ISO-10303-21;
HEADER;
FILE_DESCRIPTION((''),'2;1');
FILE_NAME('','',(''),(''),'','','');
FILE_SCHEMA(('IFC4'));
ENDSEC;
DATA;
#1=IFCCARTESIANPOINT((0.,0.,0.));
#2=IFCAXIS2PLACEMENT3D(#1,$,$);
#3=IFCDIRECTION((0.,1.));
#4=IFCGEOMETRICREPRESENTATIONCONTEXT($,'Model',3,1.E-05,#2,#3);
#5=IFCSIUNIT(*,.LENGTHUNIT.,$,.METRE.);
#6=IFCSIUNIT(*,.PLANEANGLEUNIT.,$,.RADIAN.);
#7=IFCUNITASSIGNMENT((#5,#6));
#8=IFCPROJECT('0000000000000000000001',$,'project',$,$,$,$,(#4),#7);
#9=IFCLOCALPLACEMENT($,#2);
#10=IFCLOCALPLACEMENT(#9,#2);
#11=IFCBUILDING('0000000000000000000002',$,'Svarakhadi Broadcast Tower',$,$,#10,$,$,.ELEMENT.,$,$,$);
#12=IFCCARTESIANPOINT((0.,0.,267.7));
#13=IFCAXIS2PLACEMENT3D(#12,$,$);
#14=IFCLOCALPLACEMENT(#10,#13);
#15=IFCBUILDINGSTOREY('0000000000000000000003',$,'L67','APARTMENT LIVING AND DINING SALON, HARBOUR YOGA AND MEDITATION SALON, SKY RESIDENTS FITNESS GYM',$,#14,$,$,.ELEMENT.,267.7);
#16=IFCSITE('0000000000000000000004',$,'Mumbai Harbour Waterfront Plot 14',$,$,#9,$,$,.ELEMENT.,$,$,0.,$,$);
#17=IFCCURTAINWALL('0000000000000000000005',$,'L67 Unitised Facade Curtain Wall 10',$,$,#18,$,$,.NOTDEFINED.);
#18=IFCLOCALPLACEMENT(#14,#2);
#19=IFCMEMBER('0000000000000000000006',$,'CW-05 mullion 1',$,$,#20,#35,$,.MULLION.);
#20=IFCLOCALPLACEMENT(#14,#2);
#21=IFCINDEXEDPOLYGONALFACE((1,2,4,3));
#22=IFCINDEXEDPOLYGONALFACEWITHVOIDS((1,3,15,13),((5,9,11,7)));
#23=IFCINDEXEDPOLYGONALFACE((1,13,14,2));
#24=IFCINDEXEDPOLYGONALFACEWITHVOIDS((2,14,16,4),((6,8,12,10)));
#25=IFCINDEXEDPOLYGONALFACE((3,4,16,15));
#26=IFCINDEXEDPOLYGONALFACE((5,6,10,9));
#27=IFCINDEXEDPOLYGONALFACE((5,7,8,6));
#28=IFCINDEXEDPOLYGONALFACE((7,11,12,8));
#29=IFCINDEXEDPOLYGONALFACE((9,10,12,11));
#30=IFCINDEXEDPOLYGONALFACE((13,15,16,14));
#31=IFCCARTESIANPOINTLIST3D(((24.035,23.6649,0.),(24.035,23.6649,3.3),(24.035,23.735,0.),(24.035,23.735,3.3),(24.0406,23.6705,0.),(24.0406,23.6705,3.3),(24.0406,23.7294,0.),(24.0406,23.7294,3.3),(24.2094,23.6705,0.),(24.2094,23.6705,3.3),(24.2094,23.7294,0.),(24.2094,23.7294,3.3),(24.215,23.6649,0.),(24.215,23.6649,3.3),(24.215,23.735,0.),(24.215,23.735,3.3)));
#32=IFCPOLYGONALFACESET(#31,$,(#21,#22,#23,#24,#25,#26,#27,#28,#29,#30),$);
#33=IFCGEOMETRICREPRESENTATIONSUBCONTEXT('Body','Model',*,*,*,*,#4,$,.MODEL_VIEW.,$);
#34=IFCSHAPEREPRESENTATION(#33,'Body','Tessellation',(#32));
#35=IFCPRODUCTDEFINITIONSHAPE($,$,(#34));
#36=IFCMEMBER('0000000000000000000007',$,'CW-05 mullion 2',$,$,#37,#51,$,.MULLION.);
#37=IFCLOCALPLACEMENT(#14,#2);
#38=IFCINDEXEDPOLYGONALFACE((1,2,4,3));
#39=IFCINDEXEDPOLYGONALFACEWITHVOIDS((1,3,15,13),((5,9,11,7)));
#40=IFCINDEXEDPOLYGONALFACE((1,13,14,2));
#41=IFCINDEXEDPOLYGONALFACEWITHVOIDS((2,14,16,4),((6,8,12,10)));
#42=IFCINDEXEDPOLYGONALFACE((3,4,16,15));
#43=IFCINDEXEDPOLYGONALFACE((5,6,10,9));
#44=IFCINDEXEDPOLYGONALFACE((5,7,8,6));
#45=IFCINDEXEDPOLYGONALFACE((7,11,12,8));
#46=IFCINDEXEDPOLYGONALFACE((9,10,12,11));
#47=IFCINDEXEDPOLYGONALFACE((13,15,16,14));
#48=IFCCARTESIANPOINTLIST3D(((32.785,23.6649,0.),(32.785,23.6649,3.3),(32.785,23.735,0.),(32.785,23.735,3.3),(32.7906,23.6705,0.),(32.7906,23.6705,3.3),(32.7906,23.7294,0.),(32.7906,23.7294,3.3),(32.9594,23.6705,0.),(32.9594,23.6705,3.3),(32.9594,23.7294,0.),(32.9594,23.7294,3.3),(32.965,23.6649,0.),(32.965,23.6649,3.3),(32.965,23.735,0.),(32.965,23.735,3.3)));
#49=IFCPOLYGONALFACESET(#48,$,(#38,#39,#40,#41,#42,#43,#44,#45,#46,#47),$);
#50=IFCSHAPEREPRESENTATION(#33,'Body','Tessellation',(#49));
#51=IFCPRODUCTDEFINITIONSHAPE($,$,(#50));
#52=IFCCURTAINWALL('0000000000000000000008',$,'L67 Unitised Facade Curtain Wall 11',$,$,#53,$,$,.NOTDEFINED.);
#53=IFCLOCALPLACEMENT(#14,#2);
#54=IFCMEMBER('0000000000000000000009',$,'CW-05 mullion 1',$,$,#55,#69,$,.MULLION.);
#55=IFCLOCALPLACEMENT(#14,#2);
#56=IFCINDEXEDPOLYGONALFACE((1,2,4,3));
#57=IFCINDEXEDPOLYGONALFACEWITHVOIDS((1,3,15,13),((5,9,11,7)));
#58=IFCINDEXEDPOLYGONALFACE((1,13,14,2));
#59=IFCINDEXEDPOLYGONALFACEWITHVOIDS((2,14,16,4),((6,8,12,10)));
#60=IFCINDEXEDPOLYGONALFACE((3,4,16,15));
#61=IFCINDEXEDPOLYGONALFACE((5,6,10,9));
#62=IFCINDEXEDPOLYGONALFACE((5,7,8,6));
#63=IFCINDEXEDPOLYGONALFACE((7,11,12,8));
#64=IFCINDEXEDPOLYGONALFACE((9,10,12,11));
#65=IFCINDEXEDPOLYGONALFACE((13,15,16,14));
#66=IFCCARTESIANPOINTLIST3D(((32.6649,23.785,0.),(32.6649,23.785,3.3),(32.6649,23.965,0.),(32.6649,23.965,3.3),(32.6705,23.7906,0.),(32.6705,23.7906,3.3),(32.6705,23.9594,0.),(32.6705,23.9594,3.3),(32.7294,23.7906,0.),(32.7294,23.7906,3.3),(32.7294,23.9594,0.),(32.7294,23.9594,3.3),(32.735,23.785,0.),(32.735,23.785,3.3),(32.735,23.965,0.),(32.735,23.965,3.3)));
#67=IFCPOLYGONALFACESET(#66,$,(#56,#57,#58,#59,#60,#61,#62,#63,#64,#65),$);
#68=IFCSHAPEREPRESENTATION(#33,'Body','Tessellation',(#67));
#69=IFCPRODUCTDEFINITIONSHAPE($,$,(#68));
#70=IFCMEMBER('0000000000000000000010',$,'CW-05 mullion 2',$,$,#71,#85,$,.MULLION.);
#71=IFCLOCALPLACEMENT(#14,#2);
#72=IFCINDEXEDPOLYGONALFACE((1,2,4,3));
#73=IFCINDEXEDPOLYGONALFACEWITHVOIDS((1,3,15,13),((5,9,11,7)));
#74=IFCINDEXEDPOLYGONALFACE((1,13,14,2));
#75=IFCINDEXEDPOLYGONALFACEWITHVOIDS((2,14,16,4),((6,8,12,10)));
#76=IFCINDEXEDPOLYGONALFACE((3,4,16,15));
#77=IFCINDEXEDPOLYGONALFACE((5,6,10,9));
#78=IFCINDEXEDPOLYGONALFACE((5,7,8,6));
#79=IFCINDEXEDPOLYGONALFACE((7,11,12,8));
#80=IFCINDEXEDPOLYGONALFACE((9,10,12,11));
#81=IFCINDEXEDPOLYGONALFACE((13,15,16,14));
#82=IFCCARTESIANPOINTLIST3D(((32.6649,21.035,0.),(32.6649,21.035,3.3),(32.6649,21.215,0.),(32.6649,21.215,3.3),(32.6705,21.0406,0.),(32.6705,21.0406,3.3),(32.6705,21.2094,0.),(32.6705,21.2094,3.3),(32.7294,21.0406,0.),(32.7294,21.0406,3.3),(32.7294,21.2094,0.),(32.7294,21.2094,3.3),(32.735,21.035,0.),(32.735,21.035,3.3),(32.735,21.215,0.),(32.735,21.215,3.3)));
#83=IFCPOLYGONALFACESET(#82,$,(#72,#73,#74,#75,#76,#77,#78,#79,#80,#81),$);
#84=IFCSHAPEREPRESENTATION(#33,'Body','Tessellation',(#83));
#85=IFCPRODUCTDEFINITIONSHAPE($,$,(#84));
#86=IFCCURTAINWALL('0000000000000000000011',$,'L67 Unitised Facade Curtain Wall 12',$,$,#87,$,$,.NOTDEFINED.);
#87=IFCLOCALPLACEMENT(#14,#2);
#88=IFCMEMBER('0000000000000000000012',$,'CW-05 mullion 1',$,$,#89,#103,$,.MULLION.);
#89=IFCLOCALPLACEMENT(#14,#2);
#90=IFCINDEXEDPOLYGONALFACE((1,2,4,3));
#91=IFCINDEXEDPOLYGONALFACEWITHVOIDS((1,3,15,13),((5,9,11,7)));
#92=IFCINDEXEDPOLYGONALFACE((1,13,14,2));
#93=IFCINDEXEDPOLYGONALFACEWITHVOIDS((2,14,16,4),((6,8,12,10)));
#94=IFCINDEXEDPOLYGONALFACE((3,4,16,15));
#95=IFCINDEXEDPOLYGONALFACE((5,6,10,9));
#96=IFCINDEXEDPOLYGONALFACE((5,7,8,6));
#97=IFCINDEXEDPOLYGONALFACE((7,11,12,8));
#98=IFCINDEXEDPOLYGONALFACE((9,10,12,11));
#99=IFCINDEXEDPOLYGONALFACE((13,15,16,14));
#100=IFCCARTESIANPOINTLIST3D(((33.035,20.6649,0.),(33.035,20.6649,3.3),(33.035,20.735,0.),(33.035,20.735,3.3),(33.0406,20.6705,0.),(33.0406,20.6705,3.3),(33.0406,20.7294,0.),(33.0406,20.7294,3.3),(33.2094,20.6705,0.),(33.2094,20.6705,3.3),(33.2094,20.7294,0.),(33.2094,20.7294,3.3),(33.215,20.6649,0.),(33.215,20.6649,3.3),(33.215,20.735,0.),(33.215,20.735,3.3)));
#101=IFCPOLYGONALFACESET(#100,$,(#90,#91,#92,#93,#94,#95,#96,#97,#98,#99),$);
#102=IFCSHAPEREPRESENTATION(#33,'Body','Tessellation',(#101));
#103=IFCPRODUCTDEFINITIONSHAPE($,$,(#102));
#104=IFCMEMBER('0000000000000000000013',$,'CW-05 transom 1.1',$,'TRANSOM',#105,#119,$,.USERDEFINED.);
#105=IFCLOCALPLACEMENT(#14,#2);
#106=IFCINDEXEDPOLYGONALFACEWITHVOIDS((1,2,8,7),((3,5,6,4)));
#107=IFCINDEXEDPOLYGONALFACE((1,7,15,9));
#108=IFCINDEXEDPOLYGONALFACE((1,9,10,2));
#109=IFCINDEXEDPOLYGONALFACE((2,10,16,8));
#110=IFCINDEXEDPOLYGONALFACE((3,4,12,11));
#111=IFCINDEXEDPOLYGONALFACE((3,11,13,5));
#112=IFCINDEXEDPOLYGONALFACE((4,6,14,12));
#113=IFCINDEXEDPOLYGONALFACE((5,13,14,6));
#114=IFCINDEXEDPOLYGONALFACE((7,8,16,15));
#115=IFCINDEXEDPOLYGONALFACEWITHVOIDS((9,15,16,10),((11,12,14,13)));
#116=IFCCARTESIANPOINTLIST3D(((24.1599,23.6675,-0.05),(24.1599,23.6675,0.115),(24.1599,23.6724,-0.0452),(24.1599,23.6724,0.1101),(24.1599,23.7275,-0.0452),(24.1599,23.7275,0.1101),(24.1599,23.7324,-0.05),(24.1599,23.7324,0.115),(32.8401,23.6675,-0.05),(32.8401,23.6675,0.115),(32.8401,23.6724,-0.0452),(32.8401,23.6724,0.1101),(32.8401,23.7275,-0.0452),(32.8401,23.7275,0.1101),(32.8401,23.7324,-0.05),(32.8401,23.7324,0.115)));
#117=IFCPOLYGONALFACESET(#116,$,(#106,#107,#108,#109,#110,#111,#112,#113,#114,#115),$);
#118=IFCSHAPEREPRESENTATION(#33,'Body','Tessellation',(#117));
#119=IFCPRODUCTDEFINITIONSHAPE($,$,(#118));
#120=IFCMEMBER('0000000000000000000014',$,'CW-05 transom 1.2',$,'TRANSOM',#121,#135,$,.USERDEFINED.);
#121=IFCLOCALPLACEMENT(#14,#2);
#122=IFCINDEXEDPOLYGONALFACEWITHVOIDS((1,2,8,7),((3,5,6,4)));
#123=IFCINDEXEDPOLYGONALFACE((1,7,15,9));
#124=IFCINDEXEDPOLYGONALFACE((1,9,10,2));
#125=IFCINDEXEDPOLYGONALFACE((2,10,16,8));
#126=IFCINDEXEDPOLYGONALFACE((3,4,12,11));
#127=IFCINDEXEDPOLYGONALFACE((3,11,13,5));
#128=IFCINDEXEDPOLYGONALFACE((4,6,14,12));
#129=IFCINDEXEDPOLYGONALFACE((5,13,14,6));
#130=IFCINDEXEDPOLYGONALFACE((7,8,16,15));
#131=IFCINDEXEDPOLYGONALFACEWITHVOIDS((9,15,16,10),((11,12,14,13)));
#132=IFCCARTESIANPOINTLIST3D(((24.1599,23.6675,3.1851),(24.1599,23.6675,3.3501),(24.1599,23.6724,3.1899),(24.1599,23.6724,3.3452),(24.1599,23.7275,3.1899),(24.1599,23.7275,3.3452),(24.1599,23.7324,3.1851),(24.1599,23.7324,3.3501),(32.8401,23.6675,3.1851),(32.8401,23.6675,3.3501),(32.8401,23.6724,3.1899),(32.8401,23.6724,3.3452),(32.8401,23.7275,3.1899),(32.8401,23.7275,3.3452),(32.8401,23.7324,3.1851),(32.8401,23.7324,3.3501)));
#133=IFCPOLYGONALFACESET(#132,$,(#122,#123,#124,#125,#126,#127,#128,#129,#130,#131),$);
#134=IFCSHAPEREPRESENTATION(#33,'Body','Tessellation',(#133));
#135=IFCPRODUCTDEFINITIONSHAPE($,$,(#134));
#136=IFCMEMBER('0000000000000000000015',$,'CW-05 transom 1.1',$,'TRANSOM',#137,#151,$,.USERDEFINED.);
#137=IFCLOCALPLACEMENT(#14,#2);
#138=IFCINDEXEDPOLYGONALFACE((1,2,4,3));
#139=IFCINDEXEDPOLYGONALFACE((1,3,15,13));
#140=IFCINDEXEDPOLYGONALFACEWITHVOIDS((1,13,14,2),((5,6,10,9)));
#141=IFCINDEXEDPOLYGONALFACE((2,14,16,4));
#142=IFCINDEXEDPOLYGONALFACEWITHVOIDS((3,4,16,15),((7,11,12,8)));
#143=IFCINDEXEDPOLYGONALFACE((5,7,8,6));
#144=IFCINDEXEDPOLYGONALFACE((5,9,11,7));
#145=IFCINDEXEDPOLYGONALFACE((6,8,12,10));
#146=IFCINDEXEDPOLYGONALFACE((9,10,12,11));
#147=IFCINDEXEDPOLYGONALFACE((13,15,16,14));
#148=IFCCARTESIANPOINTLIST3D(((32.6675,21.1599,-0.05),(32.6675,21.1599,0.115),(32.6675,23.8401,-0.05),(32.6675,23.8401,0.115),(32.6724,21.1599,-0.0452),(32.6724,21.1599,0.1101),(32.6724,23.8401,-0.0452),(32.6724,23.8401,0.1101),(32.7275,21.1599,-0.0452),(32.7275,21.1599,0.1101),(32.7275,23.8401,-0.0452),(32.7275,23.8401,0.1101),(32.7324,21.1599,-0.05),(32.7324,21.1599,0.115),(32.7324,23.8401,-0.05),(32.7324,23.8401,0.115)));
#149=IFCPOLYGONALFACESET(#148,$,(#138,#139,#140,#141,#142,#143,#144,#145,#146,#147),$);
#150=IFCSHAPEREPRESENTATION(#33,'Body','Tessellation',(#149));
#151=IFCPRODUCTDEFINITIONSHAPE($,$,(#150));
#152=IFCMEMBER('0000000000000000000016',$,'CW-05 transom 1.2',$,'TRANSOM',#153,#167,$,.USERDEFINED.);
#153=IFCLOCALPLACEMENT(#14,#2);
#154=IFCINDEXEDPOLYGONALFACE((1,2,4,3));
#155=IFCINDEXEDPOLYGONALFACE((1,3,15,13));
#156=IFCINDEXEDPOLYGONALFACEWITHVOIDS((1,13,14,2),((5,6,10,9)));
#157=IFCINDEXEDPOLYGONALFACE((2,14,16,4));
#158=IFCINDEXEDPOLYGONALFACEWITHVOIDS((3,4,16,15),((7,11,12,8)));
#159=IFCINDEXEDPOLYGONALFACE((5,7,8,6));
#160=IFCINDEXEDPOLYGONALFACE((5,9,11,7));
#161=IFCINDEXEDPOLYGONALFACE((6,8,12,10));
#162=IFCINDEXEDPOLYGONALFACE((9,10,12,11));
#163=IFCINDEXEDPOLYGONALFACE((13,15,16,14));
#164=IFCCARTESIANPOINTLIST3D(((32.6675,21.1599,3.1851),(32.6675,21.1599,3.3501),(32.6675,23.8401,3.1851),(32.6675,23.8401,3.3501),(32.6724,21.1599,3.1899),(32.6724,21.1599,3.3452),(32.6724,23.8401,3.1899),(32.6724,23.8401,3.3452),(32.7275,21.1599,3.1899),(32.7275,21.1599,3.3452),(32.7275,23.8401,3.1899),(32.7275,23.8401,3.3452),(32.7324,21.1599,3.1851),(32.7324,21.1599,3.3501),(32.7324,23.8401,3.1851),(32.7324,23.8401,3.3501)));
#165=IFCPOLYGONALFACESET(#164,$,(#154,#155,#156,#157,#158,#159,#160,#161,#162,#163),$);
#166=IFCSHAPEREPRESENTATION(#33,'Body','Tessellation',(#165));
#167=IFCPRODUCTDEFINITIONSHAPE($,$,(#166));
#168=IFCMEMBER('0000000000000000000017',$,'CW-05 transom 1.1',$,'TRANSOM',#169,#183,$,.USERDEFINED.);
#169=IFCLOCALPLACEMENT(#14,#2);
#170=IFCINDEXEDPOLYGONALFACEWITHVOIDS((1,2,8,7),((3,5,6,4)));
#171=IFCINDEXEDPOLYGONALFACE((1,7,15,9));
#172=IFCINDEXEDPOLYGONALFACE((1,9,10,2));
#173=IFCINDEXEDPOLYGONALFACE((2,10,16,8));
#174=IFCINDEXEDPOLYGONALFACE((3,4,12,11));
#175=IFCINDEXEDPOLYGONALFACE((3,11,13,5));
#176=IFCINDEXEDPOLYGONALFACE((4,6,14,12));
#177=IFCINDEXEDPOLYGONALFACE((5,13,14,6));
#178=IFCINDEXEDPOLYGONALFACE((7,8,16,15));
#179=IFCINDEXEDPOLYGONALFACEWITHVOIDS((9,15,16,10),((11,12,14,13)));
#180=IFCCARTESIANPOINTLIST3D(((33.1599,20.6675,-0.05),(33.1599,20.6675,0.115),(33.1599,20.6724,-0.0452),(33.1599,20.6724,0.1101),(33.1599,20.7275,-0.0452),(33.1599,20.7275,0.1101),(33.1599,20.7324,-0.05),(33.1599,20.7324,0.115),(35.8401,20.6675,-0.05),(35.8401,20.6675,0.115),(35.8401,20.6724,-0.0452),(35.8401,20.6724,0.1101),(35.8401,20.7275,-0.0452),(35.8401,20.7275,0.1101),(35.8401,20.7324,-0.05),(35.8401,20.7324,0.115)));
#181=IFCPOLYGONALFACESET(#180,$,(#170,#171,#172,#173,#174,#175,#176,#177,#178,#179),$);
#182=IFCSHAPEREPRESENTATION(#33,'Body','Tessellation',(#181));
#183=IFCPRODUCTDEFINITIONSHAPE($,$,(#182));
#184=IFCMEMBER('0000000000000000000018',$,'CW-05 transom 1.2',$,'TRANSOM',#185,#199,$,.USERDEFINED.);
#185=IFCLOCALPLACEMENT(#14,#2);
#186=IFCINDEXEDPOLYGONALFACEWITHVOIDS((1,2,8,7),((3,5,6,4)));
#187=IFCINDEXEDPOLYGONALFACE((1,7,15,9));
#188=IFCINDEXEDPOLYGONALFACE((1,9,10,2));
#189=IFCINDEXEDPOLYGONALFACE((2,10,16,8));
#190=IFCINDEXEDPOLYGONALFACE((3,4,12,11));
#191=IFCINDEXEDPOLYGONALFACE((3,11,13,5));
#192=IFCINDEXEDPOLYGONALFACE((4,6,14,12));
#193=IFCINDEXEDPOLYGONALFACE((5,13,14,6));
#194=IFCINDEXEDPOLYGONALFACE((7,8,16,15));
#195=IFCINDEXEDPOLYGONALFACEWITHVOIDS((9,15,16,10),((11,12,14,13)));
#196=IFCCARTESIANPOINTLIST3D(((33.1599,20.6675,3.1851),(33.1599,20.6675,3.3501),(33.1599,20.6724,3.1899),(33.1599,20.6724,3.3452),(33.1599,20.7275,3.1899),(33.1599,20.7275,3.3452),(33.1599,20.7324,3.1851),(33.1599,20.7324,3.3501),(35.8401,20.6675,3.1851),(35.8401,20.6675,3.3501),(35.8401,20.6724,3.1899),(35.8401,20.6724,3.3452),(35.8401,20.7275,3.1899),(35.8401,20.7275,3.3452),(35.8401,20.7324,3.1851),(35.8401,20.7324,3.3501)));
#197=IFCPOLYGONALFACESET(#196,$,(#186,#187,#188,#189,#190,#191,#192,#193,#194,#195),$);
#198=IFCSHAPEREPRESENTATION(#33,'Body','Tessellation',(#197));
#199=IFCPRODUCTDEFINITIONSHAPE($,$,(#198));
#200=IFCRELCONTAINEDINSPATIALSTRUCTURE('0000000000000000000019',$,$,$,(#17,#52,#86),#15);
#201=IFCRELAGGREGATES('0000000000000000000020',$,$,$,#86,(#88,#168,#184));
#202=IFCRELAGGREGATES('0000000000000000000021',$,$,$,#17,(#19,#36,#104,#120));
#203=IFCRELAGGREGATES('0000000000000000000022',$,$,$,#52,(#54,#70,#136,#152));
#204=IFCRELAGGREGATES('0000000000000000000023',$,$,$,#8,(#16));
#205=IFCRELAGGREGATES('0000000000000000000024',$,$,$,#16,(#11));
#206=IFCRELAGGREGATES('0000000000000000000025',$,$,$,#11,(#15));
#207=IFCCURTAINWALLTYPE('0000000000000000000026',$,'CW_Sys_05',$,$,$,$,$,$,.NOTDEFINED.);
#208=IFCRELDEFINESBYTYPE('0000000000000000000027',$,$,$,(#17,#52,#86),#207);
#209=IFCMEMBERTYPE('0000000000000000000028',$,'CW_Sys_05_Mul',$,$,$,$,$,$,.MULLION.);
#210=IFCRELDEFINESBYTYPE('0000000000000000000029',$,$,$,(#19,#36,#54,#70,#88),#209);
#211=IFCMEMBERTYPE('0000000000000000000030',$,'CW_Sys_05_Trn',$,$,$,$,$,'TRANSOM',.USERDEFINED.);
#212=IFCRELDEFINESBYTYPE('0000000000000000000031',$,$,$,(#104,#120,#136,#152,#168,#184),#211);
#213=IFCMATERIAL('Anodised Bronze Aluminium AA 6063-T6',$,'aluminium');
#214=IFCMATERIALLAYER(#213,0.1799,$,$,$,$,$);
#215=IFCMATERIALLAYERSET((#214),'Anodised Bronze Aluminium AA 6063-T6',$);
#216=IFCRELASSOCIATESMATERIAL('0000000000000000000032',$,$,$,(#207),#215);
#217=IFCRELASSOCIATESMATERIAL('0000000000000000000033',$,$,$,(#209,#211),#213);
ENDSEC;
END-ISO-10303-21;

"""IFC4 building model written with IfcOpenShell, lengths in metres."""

from ifc_helpers import new_model, si_unit, direction, frame, origin, origin_2d, place, context, subcontext, project, spatial, hollow_rectangle, extrude, material, layer, layer_set, material_profile, profile_set, type_object, element, aggregate, save


model = new_model("IFC4")

# Units and contexts
model_context = context("Model", 3, precision=1e-05, world=origin(), true_north=direction((0.0, 1.0)))
body_context = subcontext(model_context, "Body", "Model", "MODEL_VIEW")
ifc_project = project(units=[si_unit("LENGTHUNIT", "METRE"), si_unit("PLANEANGLEUNIT", "RADIAN")], contexts=[model_context])

# Site, building, storey
site_placement = place(None, origin())
site = spatial("IfcSite", under=ifc_project, at=site_placement, Name="Mumbai Harbour Waterfront Plot 14", CompositionType="ELEMENT", RefElevation=0.0)
building_placement = place(site_placement, origin())
building = spatial("IfcBuilding", under=site, at=building_placement, Name="Svarakhadi Broadcast Tower", CompositionType="ELEMENT")
storey_placement = place(building_placement, frame((0.0, 0.0, 267.7)))
storey = spatial("IfcBuildingStorey", under=building, at=storey_placement, Name="L67", Description="APARTMENT LIVING AND DINING SALON, HARBOUR YOGA AND MEDITATION SALON, SKY RESIDENTS FITNESS GYM", CompositionType="ELEMENT", Elevation=267.7)

# Curtain walls, members
ifc_material_1 = material(Name="Anodised Bronze Aluminium AA 6063-T6", Category="aluminium")
ifc_layer_1 = layer(ifc_material_1, 0.1799)
ifc_layer_set_1 = layer_set([ifc_layer_1], Name="Anodised Bronze Aluminium AA 6063-T6")
curtain_wall_type = type_object("IfcCurtainWallType", Name="CW_Sys_05", PredefinedType="NOTDEFINED", material=ifc_layer_set_1)
curtain_wall_1_placement = place(storey_placement, origin())
curtain_wall_1 = element("IfcCurtainWall", 1, at=curtain_wall_1_placement, inside=storey, type_object=curtain_wall_type, Name="L67 Unitised Facade Curtain Wall 10", PredefinedType="NOTDEFINED")
ifc_material_profile_1 = material_profile(ifc_material_1, hollow_rectangle(XDim=0.0701, YDim=0.1799, WallThickness=0.0056, at=origin_2d()), Name="ALU MULLION 180x70x6")
ifc_profile_set_1 = profile_set([ifc_material_profile_1], Name="Anodised Bronze Aluminium AA 6063-T6")
member_type_1 = type_object("IfcMemberType", Name="CW_Sys_05_Mul", PredefinedType="MULLION", material=ifc_profile_set_1)
member_1_placement = place(storey_placement, frame((24.125, 23.7, 0.0), z_axis=(0.0, 0.0, 1.0), x_axis=(0.0, 1.0, 0.0)))
member_1 = element("IfcMember", 2, at=member_1_placement, type_object=member_type_1, Name="CW-05 mullion 1", PredefinedType="MULLION", context=body_context, shape_type="SweptSolid", body=[
    extrude(hollow_rectangle(XDim=0.0701, YDim=0.1799, WallThickness=0.0056, at=origin_2d()), origin(), (0.0, 0.0, 1.0), 3.3),
])
member_2_placement = place(storey_placement, frame((32.875, 23.7, 0.0), z_axis=(0.0, 0.0, 1.0), x_axis=(0.0, 1.0, 0.0)))
member_2 = element("IfcMember", 3, at=member_2_placement, type_object=member_type_1, Name="CW-05 mullion 2", PredefinedType="MULLION", context=body_context, shape_type="SweptSolid", body=[
    extrude(hollow_rectangle(XDim=0.0701, YDim=0.1799, WallThickness=0.0056, at=origin_2d()), origin(), (0.0, 0.0, 1.0), 3.3),
])
curtain_wall_2_placement = place(storey_placement, origin())
curtain_wall_2 = element("IfcCurtainWall", 4, at=curtain_wall_2_placement, inside=storey, type_object=curtain_wall_type, Name="L67 Unitised Facade Curtain Wall 11", PredefinedType="NOTDEFINED")
member_3_placement = place(storey_placement, frame((32.7, 23.875, 0.0), z_axis=(0.0, 0.0, 1.0), x_axis=(1.0, 0.0, 0.0)))
member_3 = element("IfcMember", 5, at=member_3_placement, type_object=member_type_1, Name="CW-05 mullion 1", PredefinedType="MULLION", context=body_context, shape_type="SweptSolid", body=[
    extrude(hollow_rectangle(XDim=0.0701, YDim=0.1799, WallThickness=0.0056, at=origin_2d()), origin(), (0.0, 0.0, 1.0), 3.3),
])
member_4_placement = place(storey_placement, frame((32.7, 21.125, 0.0), z_axis=(0.0, 0.0, 1.0), x_axis=(1.0, 0.0, 0.0)))
member_4 = element("IfcMember", 6, at=member_4_placement, type_object=member_type_1, Name="CW-05 mullion 2", PredefinedType="MULLION", context=body_context, shape_type="SweptSolid", body=[
    extrude(hollow_rectangle(XDim=0.0701, YDim=0.1799, WallThickness=0.0056, at=origin_2d()), origin(), (0.0, 0.0, 1.0), 3.3),
])

# Curtain wall, member
curtain_wall_3_placement = place(storey_placement, origin())
curtain_wall_3 = element("IfcCurtainWall", 7, at=curtain_wall_3_placement, inside=storey, type_object=curtain_wall_type, Name="L67 Unitised Facade Curtain Wall 12", PredefinedType="NOTDEFINED")
member_5_placement = place(storey_placement, frame((33.125, 20.7, 0.0), z_axis=(0.0, 0.0, 1.0), x_axis=(0.0, 1.0, 0.0)))
member_5 = element("IfcMember", 8, at=member_5_placement, type_object=member_type_1, Name="CW-05 mullion 1", PredefinedType="MULLION", context=body_context, shape_type="SweptSolid", body=[
    extrude(hollow_rectangle(XDim=0.0701, YDim=0.1799, WallThickness=0.0056, at=origin_2d()), origin(), (0.0, 0.0, 1.0), 3.3),
])

# Members
ifc_material_profile_2 = material_profile(ifc_material_1, hollow_rectangle(XDim=0.0649, YDim=0.165, WallThickness=0.0049, at=origin_2d()), Name="ALU TRANSOM 165x65x5")
ifc_profile_set_2 = profile_set([ifc_material_profile_2], Name="Anodised Bronze Aluminium AA 6063-T6")
member_type_2 = type_object("IfcMemberType", Name="CW_Sys_05_Trn", ElementType="TRANSOM", PredefinedType="USERDEFINED", material=ifc_profile_set_2)
member_6_placement = place(storey_placement, frame((24.1599, 23.7, 0.0325), z_axis=(1.0, 0.0, 0.0), x_axis=(0.0, 1.0, 0.0)))
member_6 = element("IfcMember", 9, at=member_6_placement, type_object=member_type_2, Name="CW-05 transom 1.1", ObjectType="TRANSOM", PredefinedType="USERDEFINED", context=body_context, shape_type="SweptSolid", body=[
    extrude(hollow_rectangle(XDim=0.0649, YDim=0.165, WallThickness=0.0049, at=origin_2d()), origin(), (0.0, 0.0, 1.0), 8.6802),
])
member_7_placement = place(storey_placement, frame((24.1599, 23.7, 3.2676), z_axis=(1.0, 0.0, 0.0), x_axis=(0.0, 1.0, 0.0)))
member_7 = element("IfcMember", 10, at=member_7_placement, type_object=member_type_2, Name="CW-05 transom 1.2", ObjectType="TRANSOM", PredefinedType="USERDEFINED", context=body_context, shape_type="SweptSolid", body=[
    extrude(hollow_rectangle(XDim=0.0649, YDim=0.165, WallThickness=0.0049, at=origin_2d()), origin(), (0.0, 0.0, 1.0), 8.6802),
])
member_8_placement = place(storey_placement, frame((32.7, 23.8401, 0.0325), z_axis=(0.0, -1.0, 0.0), x_axis=(1.0, 0.0, 0.0)))
member_8 = element("IfcMember", 11, at=member_8_placement, type_object=member_type_2, Name="CW-05 transom 1.1", ObjectType="TRANSOM", PredefinedType="USERDEFINED", context=body_context, shape_type="SweptSolid", body=[
    extrude(hollow_rectangle(XDim=0.0649, YDim=0.165, WallThickness=0.0049, at=origin_2d()), origin(), (0.0, 0.0, 1.0), 2.6802),
])
member_9_placement = place(storey_placement, frame((32.7, 23.8401, 3.2676), z_axis=(0.0, -1.0, 0.0), x_axis=(1.0, 0.0, 0.0)))
member_9 = element("IfcMember", 12, at=member_9_placement, type_object=member_type_2, Name="CW-05 transom 1.2", ObjectType="TRANSOM", PredefinedType="USERDEFINED", context=body_context, shape_type="SweptSolid", body=[
    extrude(hollow_rectangle(XDim=0.0649, YDim=0.165, WallThickness=0.0049, at=origin_2d()), origin(), (0.0, 0.0, 1.0), 2.6802),
])
member_10_placement = place(storey_placement, frame((33.1599, 20.7, 0.0325), z_axis=(1.0, 0.0, 0.0), x_axis=(0.0, 1.0, 0.0)))
member_10 = element("IfcMember", 13, at=member_10_placement, type_object=member_type_2, Name="CW-05 transom 1.1", ObjectType="TRANSOM", PredefinedType="USERDEFINED", context=body_context, shape_type="SweptSolid", body=[
    extrude(hollow_rectangle(XDim=0.0649, YDim=0.165, WallThickness=0.0049, at=origin_2d()), origin(), (0.0, 0.0, 1.0), 2.6802),
])
member_11_placement = place(storey_placement, frame((33.1599, 20.7, 3.2676), z_axis=(1.0, 0.0, 0.0), x_axis=(0.0, 1.0, 0.0)))
member_11 = element("IfcMember", 14, at=member_11_placement, type_object=member_type_2, Name="CW-05 transom 1.2", ObjectType="TRANSOM", PredefinedType="USERDEFINED", context=body_context, shape_type="SweptSolid", body=[
    extrude(hollow_rectangle(XDim=0.0649, YDim=0.165, WallThickness=0.0049, at=origin_2d()), origin(), (0.0, 0.0, 1.0), 2.6802),
])
aggregate(curtain_wall_3, [member_5, member_10, member_11])

aggregate(curtain_wall_1, [member_1, member_2, member_6, member_7])
aggregate(curtain_wall_2, [member_3, member_4, member_8, member_9])

save(model, "model.ifc")
